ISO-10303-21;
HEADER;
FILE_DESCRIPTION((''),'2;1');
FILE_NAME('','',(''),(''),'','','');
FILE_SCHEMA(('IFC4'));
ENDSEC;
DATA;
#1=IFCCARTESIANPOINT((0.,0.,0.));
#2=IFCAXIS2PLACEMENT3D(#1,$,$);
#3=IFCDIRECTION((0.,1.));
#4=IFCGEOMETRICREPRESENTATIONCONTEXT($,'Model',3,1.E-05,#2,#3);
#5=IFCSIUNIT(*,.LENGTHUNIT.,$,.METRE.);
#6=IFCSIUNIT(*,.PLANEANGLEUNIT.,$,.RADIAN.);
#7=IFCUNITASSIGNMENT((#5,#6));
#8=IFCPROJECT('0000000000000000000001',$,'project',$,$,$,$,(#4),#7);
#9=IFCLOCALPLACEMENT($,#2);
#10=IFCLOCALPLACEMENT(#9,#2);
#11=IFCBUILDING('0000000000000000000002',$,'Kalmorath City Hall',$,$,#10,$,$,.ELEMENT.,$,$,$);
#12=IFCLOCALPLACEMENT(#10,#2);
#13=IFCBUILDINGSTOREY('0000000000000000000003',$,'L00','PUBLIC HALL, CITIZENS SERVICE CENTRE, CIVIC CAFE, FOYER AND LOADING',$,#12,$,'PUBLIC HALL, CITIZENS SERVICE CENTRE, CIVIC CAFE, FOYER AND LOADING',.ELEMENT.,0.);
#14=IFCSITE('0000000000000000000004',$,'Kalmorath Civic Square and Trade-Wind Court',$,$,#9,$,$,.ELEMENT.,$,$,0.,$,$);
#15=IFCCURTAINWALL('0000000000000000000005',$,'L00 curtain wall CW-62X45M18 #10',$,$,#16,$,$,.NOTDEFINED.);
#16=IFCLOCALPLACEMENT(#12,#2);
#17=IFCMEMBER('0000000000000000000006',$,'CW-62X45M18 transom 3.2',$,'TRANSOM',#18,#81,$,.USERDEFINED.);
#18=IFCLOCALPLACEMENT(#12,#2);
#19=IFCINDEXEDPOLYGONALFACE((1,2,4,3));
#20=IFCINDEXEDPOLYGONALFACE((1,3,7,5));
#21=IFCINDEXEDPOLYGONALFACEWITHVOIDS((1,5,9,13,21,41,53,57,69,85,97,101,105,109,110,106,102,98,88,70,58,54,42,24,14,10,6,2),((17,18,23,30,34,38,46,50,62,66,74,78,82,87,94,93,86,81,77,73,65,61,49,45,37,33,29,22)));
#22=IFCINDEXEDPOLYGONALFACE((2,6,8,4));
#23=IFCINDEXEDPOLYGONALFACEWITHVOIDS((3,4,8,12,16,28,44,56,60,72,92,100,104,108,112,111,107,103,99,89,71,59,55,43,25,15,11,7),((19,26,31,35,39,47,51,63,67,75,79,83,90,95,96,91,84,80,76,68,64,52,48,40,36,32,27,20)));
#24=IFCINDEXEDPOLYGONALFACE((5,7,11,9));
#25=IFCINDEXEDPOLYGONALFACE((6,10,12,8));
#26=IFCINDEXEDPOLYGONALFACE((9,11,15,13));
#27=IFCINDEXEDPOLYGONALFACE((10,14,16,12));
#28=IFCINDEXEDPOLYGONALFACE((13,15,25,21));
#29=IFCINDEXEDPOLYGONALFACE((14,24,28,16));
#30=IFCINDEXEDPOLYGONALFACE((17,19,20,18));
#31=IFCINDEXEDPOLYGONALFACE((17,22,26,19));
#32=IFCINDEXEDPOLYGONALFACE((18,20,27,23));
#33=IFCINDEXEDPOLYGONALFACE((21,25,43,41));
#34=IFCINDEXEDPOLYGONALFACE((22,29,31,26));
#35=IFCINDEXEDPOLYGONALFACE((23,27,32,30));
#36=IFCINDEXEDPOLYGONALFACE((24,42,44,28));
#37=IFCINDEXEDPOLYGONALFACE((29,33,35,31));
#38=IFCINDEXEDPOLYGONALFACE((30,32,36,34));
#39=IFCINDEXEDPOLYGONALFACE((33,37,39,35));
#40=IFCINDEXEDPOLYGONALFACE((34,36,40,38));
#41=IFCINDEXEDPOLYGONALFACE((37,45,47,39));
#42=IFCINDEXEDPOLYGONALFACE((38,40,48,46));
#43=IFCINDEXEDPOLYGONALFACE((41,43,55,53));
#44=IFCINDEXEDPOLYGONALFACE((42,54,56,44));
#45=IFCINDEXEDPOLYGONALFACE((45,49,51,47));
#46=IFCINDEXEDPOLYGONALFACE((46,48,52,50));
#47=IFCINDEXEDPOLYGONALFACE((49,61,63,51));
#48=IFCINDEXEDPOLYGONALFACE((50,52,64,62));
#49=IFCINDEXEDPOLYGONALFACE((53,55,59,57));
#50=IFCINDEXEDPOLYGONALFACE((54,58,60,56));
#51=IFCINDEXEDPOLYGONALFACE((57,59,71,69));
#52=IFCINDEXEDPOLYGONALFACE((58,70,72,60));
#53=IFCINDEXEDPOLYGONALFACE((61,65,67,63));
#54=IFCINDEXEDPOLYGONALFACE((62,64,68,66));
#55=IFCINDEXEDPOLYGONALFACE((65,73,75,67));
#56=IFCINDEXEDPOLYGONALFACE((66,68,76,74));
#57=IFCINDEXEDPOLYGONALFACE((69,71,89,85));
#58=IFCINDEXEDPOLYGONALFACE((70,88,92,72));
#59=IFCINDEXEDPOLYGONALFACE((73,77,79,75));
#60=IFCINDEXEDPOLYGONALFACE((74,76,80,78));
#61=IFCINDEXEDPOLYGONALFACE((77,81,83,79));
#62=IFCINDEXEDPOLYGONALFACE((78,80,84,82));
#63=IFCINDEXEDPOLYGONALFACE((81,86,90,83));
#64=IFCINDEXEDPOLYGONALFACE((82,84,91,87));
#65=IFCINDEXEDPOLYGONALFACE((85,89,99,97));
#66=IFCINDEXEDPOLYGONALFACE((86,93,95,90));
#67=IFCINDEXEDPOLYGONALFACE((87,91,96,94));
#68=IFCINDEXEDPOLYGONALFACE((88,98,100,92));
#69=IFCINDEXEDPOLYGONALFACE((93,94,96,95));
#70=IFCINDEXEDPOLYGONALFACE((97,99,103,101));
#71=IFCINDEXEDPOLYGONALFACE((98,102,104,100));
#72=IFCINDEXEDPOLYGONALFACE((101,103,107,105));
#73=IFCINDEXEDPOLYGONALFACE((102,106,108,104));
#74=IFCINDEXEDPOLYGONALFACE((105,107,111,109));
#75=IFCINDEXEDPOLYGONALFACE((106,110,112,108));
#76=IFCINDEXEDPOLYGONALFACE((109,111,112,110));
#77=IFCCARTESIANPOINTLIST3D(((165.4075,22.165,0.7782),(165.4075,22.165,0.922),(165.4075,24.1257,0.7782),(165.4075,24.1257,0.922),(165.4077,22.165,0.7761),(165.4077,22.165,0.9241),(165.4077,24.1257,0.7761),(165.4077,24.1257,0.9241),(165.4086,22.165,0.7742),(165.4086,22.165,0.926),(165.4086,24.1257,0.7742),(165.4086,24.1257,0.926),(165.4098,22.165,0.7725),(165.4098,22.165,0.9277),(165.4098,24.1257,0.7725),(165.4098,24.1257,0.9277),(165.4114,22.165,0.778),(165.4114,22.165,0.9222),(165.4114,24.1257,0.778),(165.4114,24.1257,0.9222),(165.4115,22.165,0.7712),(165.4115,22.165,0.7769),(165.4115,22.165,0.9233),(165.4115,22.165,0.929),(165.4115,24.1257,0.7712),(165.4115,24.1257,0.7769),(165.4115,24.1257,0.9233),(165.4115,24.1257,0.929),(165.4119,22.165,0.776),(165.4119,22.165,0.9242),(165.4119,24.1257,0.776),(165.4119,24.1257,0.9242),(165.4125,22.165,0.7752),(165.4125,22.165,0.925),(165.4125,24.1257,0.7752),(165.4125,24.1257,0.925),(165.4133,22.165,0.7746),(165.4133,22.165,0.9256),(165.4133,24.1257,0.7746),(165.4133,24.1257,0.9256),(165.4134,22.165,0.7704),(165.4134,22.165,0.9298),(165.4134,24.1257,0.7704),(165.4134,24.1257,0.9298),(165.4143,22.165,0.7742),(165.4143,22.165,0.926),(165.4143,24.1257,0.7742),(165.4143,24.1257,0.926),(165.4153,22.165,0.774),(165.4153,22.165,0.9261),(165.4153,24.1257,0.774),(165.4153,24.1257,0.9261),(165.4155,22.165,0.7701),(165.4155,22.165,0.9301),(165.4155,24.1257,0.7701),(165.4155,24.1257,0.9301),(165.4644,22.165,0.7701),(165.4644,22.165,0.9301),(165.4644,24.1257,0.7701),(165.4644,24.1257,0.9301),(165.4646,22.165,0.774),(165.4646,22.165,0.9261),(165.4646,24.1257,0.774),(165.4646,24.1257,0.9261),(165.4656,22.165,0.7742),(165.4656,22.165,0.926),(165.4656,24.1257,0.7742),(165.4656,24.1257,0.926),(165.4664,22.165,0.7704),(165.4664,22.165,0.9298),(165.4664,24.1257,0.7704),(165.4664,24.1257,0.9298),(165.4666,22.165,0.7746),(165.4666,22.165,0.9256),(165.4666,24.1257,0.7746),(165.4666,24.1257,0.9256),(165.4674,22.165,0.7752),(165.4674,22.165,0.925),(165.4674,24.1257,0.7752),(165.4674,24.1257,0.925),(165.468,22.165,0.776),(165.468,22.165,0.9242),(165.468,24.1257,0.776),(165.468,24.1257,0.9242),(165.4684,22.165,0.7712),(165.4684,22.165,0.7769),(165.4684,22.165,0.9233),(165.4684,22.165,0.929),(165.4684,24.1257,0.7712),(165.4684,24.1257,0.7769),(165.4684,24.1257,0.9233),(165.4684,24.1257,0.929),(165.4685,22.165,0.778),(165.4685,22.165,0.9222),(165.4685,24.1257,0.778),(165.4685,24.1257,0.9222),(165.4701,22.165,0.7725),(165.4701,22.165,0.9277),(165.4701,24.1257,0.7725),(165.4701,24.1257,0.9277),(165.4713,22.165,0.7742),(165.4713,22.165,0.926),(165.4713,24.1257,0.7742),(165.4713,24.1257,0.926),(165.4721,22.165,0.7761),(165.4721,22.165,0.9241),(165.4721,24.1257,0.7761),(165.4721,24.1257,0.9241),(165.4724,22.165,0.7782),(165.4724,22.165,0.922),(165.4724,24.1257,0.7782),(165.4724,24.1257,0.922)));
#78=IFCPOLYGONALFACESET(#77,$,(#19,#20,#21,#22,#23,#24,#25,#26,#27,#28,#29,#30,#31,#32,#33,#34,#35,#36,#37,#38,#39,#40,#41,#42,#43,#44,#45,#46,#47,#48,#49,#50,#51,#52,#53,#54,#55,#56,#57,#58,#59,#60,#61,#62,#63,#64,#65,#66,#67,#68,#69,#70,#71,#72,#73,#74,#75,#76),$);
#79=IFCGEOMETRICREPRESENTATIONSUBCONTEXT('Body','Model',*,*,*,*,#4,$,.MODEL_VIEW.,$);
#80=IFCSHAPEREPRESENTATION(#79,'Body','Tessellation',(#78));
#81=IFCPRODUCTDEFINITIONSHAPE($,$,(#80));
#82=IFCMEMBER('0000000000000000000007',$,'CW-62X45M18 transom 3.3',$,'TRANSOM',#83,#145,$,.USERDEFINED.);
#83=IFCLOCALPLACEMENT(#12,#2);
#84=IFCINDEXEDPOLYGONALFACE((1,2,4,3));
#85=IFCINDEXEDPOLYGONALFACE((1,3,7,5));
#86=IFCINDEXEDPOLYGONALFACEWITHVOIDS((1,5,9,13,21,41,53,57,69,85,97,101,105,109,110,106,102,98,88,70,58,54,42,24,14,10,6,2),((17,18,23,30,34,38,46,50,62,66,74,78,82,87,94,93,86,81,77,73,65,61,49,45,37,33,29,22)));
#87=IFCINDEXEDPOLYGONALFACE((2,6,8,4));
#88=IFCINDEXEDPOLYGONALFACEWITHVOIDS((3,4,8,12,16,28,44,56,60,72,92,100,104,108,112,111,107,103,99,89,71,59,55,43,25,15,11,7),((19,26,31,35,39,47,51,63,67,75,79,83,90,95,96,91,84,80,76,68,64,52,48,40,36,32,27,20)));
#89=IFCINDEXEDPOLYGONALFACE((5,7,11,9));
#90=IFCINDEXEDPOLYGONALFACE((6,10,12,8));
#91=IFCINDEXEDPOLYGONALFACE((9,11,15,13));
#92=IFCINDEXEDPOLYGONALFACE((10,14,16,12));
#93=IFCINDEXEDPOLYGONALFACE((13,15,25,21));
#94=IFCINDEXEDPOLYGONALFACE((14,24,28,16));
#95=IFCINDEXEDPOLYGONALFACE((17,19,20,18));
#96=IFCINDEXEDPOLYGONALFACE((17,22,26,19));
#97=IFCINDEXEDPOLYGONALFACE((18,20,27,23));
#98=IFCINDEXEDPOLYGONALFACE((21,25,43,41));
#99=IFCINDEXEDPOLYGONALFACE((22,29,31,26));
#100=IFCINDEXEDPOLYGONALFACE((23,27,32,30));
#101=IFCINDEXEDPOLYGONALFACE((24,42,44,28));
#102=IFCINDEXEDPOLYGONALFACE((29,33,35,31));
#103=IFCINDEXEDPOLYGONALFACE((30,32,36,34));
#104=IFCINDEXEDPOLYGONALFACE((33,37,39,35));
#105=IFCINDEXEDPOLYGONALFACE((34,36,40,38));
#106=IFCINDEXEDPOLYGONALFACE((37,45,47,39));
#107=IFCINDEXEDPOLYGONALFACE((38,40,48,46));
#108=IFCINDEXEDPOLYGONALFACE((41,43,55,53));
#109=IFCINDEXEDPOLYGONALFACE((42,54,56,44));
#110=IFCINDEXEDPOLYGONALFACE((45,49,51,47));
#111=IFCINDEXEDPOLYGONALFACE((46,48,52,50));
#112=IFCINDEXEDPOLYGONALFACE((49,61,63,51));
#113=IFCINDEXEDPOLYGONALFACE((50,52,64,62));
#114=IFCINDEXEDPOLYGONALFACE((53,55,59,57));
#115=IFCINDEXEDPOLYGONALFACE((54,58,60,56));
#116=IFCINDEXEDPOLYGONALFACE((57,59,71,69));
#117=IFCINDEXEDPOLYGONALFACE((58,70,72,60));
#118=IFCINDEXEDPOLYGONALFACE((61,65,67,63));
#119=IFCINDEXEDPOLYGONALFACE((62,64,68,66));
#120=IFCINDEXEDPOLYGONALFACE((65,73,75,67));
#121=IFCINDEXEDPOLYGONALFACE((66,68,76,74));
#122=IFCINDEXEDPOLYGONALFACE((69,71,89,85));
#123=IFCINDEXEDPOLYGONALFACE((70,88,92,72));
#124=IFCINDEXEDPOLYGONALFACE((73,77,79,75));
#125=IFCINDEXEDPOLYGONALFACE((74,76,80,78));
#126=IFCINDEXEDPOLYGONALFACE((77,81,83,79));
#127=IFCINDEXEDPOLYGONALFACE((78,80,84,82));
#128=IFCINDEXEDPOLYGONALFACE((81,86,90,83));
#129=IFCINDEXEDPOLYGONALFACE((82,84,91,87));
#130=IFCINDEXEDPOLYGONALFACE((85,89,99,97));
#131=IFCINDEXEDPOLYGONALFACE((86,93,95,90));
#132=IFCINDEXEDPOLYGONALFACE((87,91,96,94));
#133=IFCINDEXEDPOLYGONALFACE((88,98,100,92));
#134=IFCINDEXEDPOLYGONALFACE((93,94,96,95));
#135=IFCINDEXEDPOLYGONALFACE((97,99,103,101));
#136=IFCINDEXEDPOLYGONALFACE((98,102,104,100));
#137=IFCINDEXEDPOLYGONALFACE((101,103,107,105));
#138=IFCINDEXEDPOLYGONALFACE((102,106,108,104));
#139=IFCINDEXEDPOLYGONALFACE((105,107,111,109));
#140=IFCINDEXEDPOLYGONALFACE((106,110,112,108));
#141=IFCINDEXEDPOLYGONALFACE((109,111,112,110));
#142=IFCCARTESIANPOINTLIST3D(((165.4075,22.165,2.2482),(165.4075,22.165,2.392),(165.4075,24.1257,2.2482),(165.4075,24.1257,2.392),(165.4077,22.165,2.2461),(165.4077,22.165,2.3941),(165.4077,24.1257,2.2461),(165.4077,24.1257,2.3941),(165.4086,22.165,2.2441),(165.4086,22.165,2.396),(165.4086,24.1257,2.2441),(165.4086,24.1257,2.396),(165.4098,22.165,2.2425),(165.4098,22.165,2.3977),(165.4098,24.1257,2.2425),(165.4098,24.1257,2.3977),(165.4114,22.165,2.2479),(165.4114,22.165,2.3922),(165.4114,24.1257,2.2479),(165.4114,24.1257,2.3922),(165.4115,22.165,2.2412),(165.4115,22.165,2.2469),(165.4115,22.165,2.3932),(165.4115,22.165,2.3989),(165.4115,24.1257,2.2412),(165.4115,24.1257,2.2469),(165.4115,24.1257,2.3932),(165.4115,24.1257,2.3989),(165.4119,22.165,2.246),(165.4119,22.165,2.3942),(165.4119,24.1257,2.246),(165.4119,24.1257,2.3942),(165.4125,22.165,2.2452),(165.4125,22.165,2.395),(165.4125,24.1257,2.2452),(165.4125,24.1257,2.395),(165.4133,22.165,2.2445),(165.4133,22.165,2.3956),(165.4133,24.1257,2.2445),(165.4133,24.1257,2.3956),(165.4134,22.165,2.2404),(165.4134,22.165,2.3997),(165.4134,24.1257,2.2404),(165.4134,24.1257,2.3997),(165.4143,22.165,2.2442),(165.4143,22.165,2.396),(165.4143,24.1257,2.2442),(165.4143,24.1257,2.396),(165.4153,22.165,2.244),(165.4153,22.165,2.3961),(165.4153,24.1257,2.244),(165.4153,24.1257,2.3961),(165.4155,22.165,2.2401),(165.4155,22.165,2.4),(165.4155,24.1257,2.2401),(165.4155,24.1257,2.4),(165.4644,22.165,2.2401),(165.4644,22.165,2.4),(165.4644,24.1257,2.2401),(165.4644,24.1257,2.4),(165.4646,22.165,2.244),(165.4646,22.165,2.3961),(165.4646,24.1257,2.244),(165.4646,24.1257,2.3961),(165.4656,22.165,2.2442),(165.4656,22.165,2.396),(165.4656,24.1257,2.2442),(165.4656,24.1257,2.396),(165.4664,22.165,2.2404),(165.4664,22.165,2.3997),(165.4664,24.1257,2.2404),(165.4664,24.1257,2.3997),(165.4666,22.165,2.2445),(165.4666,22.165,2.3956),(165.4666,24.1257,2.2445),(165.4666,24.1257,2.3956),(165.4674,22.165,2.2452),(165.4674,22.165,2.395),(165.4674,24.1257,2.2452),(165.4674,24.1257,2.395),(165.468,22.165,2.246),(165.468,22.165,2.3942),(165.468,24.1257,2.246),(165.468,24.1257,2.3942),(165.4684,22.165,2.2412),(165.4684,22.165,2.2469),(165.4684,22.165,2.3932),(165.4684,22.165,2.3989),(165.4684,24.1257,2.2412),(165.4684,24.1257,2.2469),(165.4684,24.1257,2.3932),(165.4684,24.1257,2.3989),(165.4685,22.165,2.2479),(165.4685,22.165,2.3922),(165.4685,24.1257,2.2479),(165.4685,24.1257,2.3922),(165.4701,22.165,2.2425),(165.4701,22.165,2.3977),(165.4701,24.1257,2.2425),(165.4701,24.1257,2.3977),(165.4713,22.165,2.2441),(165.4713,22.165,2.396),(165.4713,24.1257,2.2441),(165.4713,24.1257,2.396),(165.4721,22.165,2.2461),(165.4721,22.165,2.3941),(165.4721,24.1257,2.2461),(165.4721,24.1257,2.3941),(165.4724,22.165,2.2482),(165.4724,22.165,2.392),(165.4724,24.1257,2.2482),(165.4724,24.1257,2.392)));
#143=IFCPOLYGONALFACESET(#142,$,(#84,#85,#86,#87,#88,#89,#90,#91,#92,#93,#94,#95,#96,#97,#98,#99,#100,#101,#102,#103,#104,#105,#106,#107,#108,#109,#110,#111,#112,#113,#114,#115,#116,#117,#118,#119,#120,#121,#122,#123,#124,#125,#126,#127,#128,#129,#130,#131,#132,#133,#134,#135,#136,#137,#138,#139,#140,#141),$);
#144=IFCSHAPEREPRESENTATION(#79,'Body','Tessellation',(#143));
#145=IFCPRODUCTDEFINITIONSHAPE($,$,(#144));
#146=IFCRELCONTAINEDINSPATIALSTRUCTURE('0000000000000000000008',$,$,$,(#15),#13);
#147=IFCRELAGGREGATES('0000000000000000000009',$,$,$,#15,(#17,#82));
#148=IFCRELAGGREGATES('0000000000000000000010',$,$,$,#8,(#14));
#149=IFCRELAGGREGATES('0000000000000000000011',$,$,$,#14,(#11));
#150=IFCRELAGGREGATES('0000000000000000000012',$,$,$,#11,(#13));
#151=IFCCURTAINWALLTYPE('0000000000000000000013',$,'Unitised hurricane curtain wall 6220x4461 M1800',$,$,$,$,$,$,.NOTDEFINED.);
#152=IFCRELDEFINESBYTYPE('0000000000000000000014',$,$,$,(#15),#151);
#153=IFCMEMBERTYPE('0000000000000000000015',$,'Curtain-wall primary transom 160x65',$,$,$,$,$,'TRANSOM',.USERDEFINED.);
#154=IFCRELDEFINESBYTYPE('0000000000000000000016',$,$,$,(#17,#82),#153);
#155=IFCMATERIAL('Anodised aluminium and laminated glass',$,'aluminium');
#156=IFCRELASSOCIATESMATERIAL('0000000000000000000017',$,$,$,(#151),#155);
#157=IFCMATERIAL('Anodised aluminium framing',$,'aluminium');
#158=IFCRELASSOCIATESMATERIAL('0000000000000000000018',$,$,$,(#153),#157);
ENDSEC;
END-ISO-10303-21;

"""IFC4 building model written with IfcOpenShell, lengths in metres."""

from ifc_helpers import new_model, si_unit, direction, frame, origin, origin_2d, place, context, subcontext, project, spatial, hollow_rectangle, extrude, material, material_profile, profile_set, type_object, element, aggregate, save


model = new_model("IFC4")

# Units and contexts
model_context = context("Model", 3, precision=1e-05, world=origin(), true_north=direction((0.0, 1.0)))
body_context = subcontext(model_context, "Body", "Model", "MODEL_VIEW")
ifc_project = project(units=[si_unit("LENGTHUNIT", "METRE"), si_unit("PLANEANGLEUNIT", "RADIAN")], contexts=[model_context])

# Site, building, storey
site_placement = place(None, origin())
site = spatial("IfcSite", under=ifc_project, at=site_placement, Name="Kalmorath Civic Square and Trade-Wind Court", CompositionType="ELEMENT", RefElevation=0.0)
building_placement = place(site_placement, origin())
building = spatial("IfcBuilding", under=site, at=building_placement, Name="Kalmorath City Hall", CompositionType="ELEMENT")
storey_placement = place(building_placement, origin())
storey = spatial("IfcBuildingStorey", under=building, at=storey_placement, Name="L00", Description="PUBLIC HALL, CITIZENS SERVICE CENTRE, CIVIC CAFE, FOYER AND LOADING", LongName="PUBLIC HALL, CITIZENS SERVICE CENTRE, CIVIC CAFE, FOYER AND LOADING", CompositionType="ELEMENT", Elevation=0.0)

# Curtain wall, members
ifc_material_1 = material(Name="Anodised aluminium and laminated glass", Category="aluminium")
curtain_wall_type = type_object("IfcCurtainWallType", Name="Unitised hurricane curtain wall 6220x4461 M1800", PredefinedType="NOTDEFINED", material=ifc_material_1)
curtain_wall_placement = place(storey_placement, origin())
curtain_wall = element("IfcCurtainWall", 1, at=curtain_wall_placement, inside=storey, type_object=curtain_wall_type, Name="L00 curtain wall CW-62X45M18 #10", PredefinedType="NOTDEFINED")
ifc_material_2 = material(Name="Anodised aluminium framing", Category="aluminium")
ifc_material_profile_1 = material_profile(ifc_material_2, hollow_rectangle(XDim=0.0649, YDim=0.1599, WallThickness=0.0039, InnerFilletRadius=0.0039, OuterFilletRadius=0.0081, at=origin_2d()), Name="ALU-TRN-160X65X4")
ifc_profile_set_1 = profile_set([ifc_material_profile_1], Name="Anodised aluminium framing")
member_type_1 = type_object("IfcMemberType", Name="Curtain-wall primary transom 160x65", ElementType="TRANSOM", PredefinedType="USERDEFINED", material=ifc_profile_set_1)
member_1_placement = place(storey_placement, frame((165.4399, 24.1257, 0.8501), z_axis=(0.0, -1.0, 0.0), x_axis=(1.0, 0.0, 0.0)))
member_1 = element("IfcMember", 2, at=member_1_placement, type_object=member_type_1, Name="CW-62X45M18 transom 3.2", ObjectType="TRANSOM", PredefinedType="USERDEFINED", context=body_context, shape_type="SweptSolid", body=[
    extrude(hollow_rectangle(XDim=0.0649, YDim=0.1599, WallThickness=0.0039, InnerFilletRadius=0.0039, OuterFilletRadius=0.0081, at=origin_2d()), origin(), (0.0, 0.0, 1.0), 1.9607),
])
member_2_placement = place(storey_placement, frame((165.4399, 24.1257, 2.3201), z_axis=(0.0, -1.0, 0.0), x_axis=(1.0, 0.0, 0.0)))
member_2 = element("IfcMember", 3, at=member_2_placement, type_object=member_type_1, Name="CW-62X45M18 transom 3.3", ObjectType="TRANSOM", PredefinedType="USERDEFINED", context=body_context, shape_type="SweptSolid", body=[
    extrude(hollow_rectangle(XDim=0.0649, YDim=0.1599, WallThickness=0.0039, InnerFilletRadius=0.0039, OuterFilletRadius=0.0081, at=origin_2d()), origin(), (0.0, 0.0, 1.0), 1.9607),
])
aggregate(curtain_wall, [member_1, member_2])

save(model, "model.ifc")
